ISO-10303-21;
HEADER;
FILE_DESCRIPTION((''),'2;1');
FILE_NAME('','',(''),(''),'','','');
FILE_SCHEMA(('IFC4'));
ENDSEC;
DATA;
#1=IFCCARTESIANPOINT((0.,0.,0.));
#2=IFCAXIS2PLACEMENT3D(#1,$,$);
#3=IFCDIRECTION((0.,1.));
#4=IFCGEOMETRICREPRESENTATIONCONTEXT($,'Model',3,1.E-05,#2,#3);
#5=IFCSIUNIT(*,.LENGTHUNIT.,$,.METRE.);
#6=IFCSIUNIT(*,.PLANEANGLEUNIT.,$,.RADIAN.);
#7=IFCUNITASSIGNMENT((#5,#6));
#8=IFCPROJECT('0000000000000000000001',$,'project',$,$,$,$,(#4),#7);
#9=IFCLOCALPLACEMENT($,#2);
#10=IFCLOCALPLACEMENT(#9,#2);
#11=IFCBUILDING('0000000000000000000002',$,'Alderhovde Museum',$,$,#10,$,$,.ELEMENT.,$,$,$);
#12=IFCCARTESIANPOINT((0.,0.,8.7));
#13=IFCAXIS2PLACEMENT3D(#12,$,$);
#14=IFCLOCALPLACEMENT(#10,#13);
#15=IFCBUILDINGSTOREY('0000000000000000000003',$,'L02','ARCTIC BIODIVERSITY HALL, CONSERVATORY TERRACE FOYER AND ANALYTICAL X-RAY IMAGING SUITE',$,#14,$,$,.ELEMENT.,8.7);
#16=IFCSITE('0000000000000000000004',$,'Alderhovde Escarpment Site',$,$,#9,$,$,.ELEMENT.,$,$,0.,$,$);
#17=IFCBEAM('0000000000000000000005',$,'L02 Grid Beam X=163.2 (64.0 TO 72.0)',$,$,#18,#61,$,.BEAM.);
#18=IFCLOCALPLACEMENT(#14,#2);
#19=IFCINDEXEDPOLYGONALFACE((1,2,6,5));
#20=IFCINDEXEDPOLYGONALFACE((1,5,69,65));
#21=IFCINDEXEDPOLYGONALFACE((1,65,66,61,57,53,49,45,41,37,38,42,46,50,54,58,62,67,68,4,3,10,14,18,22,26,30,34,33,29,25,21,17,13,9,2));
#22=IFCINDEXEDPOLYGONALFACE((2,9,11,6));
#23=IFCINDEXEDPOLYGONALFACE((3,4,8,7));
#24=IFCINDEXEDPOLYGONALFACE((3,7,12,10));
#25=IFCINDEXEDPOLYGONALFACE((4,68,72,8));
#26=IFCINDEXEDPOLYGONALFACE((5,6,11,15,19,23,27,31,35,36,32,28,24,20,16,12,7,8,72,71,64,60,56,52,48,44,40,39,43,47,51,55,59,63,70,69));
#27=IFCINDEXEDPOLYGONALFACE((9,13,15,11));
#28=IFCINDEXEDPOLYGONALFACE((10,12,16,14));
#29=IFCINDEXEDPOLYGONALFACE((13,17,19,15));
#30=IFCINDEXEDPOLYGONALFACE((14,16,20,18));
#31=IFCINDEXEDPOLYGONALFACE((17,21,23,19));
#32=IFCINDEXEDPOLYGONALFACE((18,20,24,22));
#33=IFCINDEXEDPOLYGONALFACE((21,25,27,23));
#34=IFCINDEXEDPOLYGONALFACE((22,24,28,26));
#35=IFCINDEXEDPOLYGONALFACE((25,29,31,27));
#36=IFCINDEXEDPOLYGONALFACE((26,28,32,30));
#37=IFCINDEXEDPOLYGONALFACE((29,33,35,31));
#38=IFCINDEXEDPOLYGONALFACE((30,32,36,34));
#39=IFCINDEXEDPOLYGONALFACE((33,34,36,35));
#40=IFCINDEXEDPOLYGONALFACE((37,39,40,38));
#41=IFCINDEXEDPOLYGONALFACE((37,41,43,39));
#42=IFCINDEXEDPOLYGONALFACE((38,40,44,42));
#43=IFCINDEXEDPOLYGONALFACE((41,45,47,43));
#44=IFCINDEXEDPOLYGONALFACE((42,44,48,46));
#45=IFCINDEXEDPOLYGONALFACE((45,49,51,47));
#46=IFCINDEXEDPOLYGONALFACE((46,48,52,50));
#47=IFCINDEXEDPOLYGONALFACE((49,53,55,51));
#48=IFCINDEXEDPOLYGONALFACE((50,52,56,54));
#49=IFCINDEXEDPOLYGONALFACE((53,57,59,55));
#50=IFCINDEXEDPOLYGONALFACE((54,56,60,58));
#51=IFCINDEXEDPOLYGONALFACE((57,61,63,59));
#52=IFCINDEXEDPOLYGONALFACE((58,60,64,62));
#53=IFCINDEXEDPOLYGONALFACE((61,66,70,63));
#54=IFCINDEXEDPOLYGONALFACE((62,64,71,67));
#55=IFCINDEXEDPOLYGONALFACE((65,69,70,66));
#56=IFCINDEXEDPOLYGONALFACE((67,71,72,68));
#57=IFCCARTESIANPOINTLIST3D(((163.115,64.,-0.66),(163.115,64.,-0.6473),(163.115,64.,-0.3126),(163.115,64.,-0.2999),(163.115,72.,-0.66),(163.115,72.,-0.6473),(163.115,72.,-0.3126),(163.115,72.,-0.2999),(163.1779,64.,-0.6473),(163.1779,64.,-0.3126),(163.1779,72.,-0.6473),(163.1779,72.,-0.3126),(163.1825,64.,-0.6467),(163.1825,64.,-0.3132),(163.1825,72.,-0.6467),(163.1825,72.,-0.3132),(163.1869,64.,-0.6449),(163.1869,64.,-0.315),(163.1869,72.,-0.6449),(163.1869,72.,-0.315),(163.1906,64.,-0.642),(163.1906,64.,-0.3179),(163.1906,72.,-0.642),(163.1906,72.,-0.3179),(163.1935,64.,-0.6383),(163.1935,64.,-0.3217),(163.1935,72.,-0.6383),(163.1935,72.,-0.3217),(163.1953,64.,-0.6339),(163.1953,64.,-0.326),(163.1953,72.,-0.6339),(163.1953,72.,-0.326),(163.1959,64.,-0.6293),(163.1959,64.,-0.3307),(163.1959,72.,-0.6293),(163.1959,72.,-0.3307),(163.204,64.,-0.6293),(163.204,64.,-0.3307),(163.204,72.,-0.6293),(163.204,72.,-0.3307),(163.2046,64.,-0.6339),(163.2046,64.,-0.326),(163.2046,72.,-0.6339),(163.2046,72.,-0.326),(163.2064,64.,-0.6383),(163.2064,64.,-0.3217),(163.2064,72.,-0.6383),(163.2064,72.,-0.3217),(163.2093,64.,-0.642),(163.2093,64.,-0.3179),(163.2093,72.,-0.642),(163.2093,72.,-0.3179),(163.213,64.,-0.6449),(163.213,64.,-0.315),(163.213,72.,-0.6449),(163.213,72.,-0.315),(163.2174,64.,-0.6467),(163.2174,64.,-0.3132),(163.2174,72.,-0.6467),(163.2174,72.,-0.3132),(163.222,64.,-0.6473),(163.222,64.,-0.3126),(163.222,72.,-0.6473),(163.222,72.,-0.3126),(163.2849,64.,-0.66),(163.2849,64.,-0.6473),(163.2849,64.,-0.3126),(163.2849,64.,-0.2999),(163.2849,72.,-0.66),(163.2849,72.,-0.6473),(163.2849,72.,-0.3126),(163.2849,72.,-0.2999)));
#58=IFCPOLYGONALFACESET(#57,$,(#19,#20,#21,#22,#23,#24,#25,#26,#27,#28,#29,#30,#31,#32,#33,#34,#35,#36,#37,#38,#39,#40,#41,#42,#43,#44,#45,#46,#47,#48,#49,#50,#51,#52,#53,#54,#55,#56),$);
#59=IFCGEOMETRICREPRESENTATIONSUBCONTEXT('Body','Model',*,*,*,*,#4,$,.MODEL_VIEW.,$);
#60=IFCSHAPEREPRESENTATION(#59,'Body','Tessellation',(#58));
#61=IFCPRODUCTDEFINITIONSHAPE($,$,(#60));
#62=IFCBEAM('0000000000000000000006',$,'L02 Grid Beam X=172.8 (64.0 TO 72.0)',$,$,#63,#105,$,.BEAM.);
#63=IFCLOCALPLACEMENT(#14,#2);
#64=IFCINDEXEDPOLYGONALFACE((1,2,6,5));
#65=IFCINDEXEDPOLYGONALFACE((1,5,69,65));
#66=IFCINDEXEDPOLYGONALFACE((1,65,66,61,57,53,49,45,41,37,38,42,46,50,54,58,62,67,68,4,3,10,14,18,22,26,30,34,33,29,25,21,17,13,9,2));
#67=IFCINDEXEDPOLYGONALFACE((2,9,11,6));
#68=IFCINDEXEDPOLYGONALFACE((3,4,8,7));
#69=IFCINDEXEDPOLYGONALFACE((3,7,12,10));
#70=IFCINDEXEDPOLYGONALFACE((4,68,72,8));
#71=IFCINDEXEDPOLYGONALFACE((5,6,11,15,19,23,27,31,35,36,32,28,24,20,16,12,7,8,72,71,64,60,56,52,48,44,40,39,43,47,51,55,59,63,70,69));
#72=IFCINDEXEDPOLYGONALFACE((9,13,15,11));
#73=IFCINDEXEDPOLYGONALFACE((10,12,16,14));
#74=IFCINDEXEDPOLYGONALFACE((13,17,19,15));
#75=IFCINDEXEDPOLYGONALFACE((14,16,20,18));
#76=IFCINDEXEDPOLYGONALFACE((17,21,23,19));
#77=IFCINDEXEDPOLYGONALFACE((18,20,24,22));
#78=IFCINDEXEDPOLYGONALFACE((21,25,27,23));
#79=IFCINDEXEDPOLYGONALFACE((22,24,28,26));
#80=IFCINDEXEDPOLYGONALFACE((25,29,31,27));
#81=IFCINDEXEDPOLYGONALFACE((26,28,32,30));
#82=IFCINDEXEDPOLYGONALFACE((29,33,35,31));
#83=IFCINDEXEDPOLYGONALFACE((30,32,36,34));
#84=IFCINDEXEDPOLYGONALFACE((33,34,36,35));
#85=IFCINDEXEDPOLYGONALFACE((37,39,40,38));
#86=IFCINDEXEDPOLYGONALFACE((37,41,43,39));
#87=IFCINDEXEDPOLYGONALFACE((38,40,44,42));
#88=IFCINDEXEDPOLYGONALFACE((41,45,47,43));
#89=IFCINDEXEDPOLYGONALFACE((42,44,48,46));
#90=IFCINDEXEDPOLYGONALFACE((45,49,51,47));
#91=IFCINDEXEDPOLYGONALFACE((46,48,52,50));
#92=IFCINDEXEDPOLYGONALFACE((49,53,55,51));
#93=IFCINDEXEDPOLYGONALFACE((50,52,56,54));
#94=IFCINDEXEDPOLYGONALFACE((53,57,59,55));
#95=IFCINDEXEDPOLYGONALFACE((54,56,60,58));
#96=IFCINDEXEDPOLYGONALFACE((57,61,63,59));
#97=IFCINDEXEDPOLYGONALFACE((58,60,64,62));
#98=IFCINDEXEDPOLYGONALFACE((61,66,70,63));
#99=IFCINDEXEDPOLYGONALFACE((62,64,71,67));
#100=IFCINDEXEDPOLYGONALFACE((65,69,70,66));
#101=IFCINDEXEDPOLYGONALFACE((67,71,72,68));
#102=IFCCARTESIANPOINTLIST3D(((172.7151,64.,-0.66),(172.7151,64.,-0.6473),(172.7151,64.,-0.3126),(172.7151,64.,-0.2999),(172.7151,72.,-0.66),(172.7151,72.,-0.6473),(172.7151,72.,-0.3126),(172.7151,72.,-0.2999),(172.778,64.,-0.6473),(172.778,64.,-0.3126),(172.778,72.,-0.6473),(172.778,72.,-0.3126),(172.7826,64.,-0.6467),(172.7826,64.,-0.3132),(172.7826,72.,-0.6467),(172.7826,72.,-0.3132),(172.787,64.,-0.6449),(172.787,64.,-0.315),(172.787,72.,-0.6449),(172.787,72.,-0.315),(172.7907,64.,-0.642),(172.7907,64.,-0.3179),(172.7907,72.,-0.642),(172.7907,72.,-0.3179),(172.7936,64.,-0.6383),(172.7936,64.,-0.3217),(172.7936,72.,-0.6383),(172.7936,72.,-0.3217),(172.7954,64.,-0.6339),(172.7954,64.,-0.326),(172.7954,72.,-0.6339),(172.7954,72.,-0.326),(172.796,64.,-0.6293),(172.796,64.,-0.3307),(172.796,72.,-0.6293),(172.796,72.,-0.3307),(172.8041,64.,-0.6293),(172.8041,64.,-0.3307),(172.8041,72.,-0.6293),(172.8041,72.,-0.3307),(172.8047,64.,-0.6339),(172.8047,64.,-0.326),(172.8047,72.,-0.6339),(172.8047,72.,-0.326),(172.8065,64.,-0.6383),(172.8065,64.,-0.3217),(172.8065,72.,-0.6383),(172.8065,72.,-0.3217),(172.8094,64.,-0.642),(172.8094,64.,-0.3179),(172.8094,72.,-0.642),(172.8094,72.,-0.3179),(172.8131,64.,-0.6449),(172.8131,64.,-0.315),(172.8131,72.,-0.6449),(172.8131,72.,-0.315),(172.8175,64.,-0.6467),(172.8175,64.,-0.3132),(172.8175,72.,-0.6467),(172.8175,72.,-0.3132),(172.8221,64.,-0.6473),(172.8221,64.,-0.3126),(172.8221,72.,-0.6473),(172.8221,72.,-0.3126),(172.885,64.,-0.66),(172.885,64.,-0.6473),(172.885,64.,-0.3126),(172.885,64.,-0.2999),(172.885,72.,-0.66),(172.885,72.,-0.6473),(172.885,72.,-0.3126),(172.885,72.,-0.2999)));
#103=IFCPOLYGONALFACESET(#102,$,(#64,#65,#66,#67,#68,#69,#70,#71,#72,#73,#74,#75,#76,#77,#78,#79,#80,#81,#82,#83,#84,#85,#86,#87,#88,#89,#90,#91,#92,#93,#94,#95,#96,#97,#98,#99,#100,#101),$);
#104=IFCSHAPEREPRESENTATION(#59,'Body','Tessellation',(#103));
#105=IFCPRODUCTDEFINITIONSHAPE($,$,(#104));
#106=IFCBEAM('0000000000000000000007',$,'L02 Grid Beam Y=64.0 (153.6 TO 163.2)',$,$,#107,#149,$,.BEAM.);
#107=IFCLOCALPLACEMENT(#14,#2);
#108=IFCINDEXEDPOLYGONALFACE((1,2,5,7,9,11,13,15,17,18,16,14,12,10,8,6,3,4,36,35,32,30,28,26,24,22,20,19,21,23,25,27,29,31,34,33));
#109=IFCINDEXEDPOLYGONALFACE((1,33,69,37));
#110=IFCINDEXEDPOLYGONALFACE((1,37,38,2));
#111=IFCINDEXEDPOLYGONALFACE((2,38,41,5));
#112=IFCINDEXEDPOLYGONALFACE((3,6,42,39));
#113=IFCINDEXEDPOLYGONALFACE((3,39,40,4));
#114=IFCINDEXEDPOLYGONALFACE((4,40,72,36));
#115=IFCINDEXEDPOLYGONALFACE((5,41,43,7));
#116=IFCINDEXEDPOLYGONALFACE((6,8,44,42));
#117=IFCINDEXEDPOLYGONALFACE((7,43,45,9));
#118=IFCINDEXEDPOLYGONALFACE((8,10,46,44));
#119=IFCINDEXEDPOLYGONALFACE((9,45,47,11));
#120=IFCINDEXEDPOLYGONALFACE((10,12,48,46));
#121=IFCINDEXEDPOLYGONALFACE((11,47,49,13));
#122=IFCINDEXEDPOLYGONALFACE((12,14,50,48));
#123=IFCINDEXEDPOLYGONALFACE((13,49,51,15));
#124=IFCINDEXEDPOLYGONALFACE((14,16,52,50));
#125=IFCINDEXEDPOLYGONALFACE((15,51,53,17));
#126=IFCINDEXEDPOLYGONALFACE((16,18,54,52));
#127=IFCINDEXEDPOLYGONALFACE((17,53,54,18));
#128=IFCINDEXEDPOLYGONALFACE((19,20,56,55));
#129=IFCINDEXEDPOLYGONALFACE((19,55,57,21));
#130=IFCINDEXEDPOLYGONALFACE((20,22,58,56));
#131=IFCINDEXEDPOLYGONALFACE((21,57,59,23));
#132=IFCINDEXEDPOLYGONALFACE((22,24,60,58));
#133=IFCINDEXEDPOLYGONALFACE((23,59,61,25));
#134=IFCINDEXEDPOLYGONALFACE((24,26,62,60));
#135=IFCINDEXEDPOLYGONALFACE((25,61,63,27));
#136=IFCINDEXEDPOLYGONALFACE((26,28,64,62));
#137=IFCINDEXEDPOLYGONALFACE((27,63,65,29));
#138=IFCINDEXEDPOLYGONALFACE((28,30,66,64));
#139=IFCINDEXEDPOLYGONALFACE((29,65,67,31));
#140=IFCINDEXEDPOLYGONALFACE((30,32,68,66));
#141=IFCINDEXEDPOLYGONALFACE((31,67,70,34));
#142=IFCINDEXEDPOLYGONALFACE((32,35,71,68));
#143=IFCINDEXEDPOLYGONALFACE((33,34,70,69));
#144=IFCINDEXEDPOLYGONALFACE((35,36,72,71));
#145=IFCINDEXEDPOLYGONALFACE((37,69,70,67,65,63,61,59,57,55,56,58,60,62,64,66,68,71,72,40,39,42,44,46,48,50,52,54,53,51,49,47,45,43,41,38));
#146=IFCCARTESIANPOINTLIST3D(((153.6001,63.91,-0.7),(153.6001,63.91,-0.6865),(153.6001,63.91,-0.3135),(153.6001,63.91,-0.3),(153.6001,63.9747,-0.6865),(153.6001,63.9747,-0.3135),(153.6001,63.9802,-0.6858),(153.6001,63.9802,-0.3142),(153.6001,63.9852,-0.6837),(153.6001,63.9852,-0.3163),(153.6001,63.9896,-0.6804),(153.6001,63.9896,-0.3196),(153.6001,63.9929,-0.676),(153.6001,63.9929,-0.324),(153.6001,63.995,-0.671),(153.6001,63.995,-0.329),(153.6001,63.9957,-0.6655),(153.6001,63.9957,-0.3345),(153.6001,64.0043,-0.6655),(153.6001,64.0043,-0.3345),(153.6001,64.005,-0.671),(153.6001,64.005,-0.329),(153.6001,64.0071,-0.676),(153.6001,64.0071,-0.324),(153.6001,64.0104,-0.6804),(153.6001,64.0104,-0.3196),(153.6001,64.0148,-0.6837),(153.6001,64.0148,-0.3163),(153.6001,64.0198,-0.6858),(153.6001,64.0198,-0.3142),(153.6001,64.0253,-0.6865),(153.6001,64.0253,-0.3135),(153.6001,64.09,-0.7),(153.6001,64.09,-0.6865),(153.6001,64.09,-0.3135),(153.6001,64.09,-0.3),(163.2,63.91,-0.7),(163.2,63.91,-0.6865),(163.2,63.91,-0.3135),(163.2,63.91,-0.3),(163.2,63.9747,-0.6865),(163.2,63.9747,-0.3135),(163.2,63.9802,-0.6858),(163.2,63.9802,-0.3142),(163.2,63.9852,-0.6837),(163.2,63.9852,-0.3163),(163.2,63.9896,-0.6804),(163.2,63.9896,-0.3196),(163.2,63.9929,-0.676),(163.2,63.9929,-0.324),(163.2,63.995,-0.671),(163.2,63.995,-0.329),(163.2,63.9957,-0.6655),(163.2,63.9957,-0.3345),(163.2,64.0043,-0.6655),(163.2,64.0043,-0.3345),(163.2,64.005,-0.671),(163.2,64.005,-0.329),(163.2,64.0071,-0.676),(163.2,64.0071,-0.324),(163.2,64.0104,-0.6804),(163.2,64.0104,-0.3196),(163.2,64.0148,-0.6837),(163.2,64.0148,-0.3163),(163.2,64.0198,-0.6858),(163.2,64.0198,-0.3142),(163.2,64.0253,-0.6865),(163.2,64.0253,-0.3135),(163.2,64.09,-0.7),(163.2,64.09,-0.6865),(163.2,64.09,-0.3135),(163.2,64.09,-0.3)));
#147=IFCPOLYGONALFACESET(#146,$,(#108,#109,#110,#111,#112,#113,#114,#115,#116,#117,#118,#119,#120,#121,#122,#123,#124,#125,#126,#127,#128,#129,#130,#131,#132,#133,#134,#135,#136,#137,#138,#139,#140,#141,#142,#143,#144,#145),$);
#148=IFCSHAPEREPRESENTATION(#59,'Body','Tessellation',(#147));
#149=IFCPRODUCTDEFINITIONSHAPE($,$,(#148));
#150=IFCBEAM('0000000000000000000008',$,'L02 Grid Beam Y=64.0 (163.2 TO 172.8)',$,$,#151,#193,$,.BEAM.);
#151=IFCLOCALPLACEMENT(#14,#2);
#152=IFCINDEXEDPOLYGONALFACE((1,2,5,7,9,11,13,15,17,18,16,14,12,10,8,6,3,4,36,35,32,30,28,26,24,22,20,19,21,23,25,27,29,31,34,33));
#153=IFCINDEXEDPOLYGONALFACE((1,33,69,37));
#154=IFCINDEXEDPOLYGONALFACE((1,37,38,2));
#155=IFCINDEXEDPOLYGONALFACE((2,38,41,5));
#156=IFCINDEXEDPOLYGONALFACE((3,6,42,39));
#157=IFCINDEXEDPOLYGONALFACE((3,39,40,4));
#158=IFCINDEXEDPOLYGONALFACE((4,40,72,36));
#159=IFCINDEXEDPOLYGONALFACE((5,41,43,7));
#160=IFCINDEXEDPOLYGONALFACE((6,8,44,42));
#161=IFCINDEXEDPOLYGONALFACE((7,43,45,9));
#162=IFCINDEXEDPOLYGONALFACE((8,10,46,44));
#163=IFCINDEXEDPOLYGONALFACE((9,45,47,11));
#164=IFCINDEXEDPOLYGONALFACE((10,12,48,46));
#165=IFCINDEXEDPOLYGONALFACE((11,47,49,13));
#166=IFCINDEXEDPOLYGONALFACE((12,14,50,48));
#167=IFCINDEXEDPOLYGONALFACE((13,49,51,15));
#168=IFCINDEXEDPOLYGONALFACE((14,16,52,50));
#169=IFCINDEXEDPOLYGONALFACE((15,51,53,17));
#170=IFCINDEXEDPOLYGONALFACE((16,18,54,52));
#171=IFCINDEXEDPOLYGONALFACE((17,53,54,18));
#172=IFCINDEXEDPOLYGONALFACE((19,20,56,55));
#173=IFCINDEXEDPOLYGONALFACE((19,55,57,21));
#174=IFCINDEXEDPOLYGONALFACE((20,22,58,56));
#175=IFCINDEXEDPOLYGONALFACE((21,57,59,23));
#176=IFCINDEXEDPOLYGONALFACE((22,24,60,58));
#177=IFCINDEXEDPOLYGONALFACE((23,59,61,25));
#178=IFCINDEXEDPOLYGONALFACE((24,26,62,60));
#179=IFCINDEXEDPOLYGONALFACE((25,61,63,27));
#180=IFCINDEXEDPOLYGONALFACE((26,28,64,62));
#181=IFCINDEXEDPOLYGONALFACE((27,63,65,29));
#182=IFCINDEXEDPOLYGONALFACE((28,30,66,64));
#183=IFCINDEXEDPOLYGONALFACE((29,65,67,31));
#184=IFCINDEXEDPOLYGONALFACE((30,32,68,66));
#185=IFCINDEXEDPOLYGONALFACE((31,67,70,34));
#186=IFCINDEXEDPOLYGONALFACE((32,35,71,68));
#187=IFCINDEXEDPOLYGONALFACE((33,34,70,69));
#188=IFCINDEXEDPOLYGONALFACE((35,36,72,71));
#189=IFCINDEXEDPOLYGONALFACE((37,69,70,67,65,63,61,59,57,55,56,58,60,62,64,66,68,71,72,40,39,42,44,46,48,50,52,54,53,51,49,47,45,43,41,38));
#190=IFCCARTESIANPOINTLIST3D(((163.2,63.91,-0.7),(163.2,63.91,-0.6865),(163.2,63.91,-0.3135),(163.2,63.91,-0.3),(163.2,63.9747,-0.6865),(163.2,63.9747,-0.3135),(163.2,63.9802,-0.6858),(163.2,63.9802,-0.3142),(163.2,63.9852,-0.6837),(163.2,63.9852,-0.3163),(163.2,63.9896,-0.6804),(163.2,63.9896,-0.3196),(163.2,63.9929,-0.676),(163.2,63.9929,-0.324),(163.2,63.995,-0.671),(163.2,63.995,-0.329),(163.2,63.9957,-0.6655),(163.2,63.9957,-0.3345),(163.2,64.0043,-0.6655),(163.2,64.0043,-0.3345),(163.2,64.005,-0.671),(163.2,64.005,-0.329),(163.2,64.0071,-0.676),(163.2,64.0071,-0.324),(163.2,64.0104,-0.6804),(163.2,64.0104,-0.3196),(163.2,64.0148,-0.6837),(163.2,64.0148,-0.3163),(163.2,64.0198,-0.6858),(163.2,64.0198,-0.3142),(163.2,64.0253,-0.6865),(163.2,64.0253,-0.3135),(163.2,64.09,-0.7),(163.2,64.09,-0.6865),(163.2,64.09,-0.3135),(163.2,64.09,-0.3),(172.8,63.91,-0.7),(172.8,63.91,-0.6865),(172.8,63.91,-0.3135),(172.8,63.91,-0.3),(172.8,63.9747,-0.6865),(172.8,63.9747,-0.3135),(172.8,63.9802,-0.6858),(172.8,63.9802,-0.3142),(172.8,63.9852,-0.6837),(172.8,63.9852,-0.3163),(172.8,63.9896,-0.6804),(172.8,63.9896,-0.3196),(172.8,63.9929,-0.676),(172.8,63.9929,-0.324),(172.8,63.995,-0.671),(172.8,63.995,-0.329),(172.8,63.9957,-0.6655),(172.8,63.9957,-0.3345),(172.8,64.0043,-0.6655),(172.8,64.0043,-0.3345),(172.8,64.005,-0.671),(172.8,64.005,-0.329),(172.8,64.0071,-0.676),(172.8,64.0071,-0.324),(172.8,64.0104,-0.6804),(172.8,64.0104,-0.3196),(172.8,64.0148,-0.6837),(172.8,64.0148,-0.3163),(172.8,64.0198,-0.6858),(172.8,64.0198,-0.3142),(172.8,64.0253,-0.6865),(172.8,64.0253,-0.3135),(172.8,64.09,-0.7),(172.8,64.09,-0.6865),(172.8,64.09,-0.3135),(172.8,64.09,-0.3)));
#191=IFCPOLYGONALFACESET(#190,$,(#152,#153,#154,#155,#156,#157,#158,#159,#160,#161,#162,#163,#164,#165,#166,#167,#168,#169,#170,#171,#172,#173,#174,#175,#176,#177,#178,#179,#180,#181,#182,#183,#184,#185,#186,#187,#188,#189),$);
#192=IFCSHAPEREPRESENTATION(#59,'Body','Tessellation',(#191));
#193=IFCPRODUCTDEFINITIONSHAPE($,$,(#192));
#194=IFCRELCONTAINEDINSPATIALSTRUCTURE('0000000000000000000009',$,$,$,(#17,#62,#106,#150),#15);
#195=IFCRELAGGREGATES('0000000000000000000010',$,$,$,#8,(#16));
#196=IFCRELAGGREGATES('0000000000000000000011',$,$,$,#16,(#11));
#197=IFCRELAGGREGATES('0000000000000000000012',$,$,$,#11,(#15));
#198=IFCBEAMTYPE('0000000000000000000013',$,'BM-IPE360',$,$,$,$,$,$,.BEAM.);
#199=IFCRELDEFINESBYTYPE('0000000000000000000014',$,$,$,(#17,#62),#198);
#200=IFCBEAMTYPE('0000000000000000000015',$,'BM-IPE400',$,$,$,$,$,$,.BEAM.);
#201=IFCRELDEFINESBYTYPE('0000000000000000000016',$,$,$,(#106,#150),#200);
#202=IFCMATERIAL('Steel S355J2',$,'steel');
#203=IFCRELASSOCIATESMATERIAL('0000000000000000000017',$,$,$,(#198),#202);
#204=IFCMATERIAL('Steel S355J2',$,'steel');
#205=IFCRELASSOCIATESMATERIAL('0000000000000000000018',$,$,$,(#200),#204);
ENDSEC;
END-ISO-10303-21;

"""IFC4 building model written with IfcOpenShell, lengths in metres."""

from ifc_helpers import new_model, si_unit, direction, frame, origin, origin_2d, place, context, subcontext, project, spatial, i_section, extrude, material, material_profile, profile_set, type_object, element, save


model = new_model("IFC4")

# Units and contexts
model_context = context("Model", 3, precision=1e-05, world=origin(), true_north=direction((0.0, 1.0)))
body_context = subcontext(model_context, "Body", "Model", "MODEL_VIEW")
ifc_project = project(units=[si_unit("LENGTHUNIT", "METRE"), si_unit("PLANEANGLEUNIT", "RADIAN")], contexts=[model_context])

# Site, building, storey
site_placement = place(None, origin())
site = spatial("IfcSite", under=ifc_project, at=site_placement, Name="Alderhovde Escarpment Site", CompositionType="ELEMENT", RefElevation=0.0)
building_placement = place(site_placement, origin())
building = spatial("IfcBuilding", under=site, at=building_placement, Name="Alderhovde Museum", CompositionType="ELEMENT")
storey_placement = place(building_placement, frame((0.0, 0.0, 8.7)))
storey = spatial("IfcBuildingStorey", under=building, at=storey_placement, Name="L02", Description="ARCTIC BIODIVERSITY HALL, CONSERVATORY TERRACE FOYER AND ANALYTICAL X-RAY IMAGING SUITE", CompositionType="ELEMENT", Elevation=8.7)

# Beams
ifc_material_1 = material(Name="Steel S355J2", Category="steel")
ifc_material_profile_1 = material_profile(ifc_material_1, i_section(OverallWidth=0.1699, OverallDepth=0.3601, WebThickness=0.0081, FlangeThickness=0.0127, FilletRadius=0.0181, at=origin_2d()), Name="IPE 360")
ifc_profile_set_1 = profile_set([ifc_material_profile_1], Name="Steel S355J2")
beam_type_1 = type_object("IfcBeamType", Name="BM-IPE360", PredefinedType="BEAM", material=ifc_profile_set_1)
for number, where, z_axis, x_axis, name in (
    (1, (163.2, 64.0, -0.48), (0.0, 1.0, 0.0), (-1.0, 0.0, 0.0), "L02 Grid Beam X=163.2 (64.0 TO 72.0)"),
    (2, (172.8, 64.0, -0.48), (0.0, 1.0, 0.0), (-1.0, 0.0, 0.0), "L02 Grid Beam X=172.8 (64.0 TO 72.0)"),
):
    element("IfcBeam", number, at=place(storey_placement, frame(where, z_axis=z_axis, x_axis=x_axis)), inside=storey, type_object=beam_type_1, Name=name, PredefinedType="BEAM", context=body_context, shape_type="SweptSolid", body=[
        extrude(i_section(OverallWidth=0.1699, OverallDepth=0.3601, WebThickness=0.0081, FlangeThickness=0.0127, FilletRadius=0.0181, at=origin_2d()), origin(), (0.0, 0.0, 1.0), 8.0),
    ])
ifc_material_2 = material(Name="Steel S355J2", Category="steel")
ifc_material_profile_2 = material_profile(ifc_material_2, i_section(OverallWidth=0.1799, OverallDepth=0.3999, WebThickness=0.0085, FlangeThickness=0.0134, FilletRadius=0.021, at=origin_2d()), Name="IPE 400")
ifc_profile_set_2 = profile_set([ifc_material_profile_2], Name="Steel S355J2")
beam_type_2 = type_object("IfcBeamType", Name="BM-IPE400", PredefinedType="BEAM", material=ifc_profile_set_2)
beam_1_placement = place(storey_placement, frame((153.6001, 64.0, -0.5), z_axis=(1.0, 0.0, 0.0), x_axis=(0.0, 1.0, 0.0)))
element("IfcBeam", 3, at=beam_1_placement, inside=storey, type_object=beam_type_2, Name="L02 Grid Beam Y=64.0 (153.6 TO 163.2)", PredefinedType="BEAM", context=body_context, shape_type="SweptSolid", body=[
    extrude(i_section(OverallWidth=0.1799, OverallDepth=0.3999, WebThickness=0.0085, FlangeThickness=0.0134, FilletRadius=0.021, at=origin_2d()), origin(), (0.0, 0.0, 1.0), 9.5999),
])
beam_2_placement = place(storey_placement, frame((163.2, 64.0, -0.5), z_axis=(1.0, 0.0, 0.0), x_axis=(0.0, 1.0, 0.0)))
element("IfcBeam", 4, at=beam_2_placement, inside=storey, type_object=beam_type_2, Name="L02 Grid Beam Y=64.0 (163.2 TO 172.8)", PredefinedType="BEAM", context=body_context, shape_type="SweptSolid", body=[
    extrude(i_section(OverallWidth=0.1799, OverallDepth=0.3999, WebThickness=0.0085, FlangeThickness=0.0134, FilletRadius=0.021, at=origin_2d()), origin(), (0.0, 0.0, 1.0), 9.6001),
])

save(model, "model.ifc")
